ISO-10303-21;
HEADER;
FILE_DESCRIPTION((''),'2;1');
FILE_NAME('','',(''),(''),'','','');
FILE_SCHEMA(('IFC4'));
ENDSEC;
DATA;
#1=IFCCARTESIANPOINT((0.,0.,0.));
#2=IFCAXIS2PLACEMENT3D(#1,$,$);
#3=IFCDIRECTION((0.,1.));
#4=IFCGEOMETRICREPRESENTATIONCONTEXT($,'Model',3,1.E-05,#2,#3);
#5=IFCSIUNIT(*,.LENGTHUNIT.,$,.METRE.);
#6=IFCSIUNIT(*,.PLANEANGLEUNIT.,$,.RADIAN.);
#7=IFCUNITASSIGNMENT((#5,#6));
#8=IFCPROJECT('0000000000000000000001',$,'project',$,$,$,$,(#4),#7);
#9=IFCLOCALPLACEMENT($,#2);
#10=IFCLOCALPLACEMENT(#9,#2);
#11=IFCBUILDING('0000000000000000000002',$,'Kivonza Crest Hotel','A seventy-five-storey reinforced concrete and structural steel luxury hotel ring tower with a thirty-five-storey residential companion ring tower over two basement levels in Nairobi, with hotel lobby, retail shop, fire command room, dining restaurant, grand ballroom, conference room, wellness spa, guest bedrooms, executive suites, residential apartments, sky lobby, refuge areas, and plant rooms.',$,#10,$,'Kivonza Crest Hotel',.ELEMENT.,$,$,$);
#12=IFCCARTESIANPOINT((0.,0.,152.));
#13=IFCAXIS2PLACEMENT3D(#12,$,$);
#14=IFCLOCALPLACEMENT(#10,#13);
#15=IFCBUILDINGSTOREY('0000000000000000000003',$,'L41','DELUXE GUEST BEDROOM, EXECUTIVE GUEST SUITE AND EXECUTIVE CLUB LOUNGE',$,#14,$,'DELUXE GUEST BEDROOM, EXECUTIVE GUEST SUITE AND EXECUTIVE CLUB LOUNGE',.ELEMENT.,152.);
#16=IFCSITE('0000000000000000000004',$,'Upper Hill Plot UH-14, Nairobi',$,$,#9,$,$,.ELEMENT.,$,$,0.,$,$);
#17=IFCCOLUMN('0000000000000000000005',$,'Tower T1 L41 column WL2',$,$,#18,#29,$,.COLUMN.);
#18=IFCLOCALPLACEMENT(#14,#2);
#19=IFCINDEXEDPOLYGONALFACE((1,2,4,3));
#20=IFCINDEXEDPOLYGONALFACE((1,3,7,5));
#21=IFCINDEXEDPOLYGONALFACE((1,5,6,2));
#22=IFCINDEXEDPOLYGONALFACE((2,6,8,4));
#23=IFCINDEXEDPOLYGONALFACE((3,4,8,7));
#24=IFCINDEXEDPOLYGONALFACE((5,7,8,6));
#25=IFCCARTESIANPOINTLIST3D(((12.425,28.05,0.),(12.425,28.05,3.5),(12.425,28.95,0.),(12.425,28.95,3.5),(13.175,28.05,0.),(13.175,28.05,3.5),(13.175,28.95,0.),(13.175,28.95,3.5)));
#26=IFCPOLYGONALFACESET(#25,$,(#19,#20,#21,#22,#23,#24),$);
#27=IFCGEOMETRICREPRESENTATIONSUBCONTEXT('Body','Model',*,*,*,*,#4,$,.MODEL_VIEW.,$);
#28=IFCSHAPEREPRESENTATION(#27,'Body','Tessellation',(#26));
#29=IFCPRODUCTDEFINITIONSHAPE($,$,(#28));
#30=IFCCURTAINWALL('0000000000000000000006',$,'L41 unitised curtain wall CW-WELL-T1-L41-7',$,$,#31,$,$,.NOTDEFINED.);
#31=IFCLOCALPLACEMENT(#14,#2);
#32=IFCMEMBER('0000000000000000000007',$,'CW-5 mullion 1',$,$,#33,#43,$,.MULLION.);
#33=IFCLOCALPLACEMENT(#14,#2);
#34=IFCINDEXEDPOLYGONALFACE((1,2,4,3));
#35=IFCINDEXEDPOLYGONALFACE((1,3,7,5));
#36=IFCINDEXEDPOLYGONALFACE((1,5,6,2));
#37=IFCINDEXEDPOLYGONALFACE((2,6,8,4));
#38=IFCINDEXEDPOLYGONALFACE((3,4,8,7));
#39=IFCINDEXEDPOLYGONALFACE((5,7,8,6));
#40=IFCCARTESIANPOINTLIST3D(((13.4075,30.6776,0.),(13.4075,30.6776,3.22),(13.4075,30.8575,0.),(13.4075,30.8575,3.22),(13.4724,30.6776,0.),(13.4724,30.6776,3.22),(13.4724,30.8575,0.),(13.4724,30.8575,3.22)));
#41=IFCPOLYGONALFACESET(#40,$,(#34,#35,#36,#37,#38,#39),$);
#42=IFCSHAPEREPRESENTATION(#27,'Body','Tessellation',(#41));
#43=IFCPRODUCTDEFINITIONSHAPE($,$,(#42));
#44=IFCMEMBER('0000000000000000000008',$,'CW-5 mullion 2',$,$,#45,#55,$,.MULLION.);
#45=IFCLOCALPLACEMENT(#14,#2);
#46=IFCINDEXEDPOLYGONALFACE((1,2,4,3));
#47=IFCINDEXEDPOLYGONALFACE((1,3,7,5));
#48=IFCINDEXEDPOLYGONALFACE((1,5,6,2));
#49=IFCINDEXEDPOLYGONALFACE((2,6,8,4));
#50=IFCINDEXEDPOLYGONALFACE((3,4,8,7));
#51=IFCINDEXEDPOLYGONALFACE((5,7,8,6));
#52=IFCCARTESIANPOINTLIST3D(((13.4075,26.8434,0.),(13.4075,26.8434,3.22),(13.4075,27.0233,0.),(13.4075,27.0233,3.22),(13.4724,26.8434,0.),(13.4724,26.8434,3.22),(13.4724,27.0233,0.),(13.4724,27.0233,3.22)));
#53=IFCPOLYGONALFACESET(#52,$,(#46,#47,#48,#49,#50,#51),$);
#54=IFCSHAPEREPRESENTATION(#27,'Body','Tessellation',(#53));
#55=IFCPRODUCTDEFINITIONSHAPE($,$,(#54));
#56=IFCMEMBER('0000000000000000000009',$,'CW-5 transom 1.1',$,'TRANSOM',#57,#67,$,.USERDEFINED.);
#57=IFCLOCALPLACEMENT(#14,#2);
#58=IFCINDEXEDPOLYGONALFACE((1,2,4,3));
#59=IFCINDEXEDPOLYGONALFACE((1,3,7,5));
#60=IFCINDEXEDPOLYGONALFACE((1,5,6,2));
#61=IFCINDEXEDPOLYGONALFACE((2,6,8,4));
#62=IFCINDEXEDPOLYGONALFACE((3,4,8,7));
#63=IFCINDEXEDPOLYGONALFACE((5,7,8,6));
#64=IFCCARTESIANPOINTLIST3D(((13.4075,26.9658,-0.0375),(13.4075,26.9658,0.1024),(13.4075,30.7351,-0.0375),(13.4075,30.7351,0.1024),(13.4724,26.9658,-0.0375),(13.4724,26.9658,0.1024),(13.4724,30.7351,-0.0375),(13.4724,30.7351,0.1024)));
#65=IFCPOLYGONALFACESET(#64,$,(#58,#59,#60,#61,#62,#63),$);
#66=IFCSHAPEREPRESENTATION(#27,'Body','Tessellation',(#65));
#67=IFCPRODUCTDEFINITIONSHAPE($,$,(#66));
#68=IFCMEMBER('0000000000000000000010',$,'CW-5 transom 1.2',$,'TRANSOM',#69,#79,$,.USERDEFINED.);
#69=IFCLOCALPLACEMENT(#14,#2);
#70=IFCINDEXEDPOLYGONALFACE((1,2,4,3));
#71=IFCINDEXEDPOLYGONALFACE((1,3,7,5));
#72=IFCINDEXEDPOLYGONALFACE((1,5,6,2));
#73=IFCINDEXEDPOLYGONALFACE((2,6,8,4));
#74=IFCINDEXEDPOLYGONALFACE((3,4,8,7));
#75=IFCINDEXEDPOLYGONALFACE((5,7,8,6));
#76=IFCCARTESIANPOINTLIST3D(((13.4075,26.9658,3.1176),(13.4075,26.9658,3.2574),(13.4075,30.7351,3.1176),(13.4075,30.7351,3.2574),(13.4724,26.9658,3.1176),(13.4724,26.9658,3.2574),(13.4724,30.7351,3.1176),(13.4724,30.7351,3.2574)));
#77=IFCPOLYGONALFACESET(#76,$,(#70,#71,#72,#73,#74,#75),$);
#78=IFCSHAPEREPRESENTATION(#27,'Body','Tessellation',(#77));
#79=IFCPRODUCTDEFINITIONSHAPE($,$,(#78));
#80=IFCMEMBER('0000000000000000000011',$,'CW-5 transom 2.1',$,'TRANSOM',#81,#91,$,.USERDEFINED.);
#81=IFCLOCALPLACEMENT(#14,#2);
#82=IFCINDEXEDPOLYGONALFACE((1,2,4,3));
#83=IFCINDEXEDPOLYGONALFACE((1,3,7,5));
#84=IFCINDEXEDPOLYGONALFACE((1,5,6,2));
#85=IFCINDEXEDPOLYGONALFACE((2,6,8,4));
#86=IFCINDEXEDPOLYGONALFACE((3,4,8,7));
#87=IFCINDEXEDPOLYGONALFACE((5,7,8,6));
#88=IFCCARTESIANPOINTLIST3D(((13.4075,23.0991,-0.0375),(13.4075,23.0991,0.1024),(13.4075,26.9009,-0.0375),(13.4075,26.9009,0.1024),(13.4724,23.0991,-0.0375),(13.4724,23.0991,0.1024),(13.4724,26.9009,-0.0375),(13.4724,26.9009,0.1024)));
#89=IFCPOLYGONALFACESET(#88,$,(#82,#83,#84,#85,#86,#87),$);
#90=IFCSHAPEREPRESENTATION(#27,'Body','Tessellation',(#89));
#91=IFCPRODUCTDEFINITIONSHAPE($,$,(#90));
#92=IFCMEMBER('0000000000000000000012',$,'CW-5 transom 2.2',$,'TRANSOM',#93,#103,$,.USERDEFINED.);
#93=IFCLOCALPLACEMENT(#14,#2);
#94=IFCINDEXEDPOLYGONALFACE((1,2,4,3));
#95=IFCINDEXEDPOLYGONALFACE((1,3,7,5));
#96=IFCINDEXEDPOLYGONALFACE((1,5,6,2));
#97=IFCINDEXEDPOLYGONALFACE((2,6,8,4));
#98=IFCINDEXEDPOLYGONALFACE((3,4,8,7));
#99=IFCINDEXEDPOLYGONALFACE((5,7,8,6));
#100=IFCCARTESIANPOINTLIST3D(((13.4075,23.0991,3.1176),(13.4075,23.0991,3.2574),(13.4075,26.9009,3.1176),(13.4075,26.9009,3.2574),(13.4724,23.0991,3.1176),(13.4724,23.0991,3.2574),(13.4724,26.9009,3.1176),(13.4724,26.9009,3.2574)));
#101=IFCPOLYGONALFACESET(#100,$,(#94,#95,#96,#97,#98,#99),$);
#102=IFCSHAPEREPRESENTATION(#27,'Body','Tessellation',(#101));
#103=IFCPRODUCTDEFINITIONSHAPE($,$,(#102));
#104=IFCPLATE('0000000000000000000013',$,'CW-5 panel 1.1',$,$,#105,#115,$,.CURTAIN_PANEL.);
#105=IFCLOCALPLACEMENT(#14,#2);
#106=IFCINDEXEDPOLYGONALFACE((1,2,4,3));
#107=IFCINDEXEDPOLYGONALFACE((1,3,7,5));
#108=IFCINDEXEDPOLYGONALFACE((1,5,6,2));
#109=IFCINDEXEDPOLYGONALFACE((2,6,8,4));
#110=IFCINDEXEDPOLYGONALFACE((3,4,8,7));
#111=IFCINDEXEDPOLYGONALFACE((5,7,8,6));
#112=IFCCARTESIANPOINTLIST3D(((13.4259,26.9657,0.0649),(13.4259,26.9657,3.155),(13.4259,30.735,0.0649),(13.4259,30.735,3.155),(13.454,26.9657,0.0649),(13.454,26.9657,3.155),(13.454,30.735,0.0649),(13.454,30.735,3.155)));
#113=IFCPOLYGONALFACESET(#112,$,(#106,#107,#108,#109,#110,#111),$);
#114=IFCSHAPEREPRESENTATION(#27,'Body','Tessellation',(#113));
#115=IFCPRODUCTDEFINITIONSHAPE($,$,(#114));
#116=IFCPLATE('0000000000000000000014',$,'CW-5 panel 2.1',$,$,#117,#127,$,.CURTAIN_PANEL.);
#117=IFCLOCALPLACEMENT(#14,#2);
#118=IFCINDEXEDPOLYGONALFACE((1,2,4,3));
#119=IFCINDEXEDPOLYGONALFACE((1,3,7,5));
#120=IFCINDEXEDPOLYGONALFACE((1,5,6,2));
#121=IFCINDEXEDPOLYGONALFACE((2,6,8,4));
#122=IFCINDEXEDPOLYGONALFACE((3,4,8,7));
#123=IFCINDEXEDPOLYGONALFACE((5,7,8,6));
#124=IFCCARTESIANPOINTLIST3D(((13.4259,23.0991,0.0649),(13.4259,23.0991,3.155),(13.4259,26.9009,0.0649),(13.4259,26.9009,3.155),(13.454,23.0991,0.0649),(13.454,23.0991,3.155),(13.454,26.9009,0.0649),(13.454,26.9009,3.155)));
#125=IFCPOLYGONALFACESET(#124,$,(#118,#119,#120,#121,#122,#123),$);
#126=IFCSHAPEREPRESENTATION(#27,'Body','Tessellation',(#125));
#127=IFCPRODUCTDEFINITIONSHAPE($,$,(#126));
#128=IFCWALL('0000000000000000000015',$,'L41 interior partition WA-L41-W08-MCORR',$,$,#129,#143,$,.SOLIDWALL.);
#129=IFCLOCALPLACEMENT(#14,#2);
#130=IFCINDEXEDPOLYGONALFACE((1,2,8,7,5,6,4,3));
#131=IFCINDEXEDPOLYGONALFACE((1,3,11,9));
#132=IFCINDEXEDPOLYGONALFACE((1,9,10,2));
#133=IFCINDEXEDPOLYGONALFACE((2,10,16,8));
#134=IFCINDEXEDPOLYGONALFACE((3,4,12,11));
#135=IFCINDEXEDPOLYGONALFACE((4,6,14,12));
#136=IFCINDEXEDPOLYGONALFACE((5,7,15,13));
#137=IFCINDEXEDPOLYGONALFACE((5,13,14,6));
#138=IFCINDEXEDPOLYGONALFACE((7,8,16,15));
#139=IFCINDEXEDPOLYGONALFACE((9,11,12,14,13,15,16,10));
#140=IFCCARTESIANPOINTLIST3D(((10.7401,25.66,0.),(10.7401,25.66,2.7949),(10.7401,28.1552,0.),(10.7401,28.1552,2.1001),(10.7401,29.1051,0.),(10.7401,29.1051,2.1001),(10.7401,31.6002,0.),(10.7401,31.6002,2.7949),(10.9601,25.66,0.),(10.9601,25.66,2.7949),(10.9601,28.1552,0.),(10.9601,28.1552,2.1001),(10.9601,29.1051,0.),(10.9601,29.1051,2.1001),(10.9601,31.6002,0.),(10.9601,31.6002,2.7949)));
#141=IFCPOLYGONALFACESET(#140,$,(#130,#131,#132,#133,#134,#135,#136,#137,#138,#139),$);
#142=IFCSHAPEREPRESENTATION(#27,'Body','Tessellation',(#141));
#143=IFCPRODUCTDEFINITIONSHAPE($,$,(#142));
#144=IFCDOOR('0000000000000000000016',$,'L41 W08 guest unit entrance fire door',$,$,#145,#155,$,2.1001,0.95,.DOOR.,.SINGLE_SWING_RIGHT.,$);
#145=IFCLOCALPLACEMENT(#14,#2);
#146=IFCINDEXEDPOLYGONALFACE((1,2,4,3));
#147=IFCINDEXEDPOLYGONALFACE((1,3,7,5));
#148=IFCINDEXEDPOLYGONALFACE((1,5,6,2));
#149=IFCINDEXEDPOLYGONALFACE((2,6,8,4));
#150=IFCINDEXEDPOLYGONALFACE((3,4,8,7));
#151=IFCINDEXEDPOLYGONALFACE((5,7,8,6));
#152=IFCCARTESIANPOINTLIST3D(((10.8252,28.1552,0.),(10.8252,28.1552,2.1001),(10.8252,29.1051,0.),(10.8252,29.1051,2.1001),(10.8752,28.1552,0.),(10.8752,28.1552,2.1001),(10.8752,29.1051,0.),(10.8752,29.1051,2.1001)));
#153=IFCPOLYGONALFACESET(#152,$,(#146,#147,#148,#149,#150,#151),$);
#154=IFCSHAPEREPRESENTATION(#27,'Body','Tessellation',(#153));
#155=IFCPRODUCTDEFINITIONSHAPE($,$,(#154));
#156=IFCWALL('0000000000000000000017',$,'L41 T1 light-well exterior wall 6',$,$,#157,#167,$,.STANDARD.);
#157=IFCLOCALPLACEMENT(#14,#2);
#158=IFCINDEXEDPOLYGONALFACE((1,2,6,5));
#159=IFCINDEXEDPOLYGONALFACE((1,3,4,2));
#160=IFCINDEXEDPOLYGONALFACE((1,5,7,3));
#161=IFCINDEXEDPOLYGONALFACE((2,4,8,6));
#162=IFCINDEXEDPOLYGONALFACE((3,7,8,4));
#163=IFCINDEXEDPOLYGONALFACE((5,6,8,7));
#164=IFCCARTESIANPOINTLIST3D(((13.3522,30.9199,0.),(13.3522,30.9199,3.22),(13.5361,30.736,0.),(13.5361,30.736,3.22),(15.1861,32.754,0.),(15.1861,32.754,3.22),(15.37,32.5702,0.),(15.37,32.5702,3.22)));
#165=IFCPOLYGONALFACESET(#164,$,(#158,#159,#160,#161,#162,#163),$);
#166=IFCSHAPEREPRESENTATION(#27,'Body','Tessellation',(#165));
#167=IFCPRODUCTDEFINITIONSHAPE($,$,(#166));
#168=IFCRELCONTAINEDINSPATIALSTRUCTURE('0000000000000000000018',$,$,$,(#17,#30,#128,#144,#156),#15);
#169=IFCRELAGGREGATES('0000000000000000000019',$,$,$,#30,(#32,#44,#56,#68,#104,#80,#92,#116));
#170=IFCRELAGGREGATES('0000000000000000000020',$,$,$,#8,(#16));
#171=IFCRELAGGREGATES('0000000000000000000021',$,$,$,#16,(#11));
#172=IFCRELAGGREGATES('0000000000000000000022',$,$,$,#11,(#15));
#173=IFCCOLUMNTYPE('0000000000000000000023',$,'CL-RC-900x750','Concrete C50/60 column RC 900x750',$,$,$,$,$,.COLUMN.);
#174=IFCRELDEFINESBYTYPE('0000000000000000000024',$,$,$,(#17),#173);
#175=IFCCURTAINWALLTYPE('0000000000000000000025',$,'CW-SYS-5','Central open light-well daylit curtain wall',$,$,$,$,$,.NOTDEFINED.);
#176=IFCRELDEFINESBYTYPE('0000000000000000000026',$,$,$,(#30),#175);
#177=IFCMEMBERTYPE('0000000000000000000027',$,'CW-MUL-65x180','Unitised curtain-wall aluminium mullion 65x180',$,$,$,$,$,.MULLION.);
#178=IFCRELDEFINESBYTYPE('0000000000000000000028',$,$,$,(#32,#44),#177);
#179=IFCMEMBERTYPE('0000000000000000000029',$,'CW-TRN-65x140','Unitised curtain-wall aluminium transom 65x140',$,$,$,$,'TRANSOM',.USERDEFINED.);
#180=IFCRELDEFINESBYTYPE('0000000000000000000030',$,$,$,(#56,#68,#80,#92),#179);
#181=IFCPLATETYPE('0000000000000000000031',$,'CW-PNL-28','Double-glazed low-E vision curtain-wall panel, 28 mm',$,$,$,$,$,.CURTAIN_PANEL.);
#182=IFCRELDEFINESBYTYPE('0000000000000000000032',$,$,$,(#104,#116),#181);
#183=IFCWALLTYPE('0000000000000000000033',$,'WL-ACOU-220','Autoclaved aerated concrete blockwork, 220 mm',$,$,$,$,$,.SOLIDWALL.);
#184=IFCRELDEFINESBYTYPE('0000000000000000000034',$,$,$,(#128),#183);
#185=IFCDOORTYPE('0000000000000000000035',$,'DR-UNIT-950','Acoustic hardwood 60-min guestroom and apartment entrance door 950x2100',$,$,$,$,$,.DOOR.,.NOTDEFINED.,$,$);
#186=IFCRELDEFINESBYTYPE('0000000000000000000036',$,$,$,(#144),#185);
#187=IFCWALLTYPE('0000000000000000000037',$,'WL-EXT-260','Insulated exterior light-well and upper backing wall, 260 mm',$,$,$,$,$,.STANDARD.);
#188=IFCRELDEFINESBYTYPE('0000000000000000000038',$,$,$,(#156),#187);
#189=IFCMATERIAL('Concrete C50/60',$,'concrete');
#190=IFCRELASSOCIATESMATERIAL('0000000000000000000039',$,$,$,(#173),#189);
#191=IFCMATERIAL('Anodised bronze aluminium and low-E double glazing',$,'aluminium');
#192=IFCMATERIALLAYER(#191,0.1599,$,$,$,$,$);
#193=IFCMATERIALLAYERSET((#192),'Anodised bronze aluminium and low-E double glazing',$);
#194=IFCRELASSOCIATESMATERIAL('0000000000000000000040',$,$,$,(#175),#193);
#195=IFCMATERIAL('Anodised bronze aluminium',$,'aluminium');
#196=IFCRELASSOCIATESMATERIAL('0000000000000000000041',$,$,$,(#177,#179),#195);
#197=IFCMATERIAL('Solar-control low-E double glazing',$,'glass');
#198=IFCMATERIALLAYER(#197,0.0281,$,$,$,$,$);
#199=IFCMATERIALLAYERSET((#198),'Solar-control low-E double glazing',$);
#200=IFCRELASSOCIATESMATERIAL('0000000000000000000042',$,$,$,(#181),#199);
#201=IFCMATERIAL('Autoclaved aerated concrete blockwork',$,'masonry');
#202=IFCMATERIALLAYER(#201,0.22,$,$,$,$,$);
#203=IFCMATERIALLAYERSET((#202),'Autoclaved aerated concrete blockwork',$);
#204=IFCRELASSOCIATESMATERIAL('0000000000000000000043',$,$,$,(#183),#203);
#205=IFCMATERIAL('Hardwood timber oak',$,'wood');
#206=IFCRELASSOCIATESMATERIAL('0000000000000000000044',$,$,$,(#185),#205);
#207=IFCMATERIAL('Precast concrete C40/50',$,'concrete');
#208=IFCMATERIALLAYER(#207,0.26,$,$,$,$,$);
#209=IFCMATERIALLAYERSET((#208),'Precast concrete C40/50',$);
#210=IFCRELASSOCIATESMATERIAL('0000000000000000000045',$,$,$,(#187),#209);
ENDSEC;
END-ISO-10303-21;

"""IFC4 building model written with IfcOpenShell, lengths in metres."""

from ifc_helpers import new_model, si_unit, direction, frame, frame_2d, origin, origin_2d, place, context, subcontext, project, spatial, rectangle, extrude, material, layer, layer_set, material_profile, profile_set, type_object, element, fill, aggregate, save


model = new_model("IFC4")

# Units and contexts
model_context = context("Model", 3, precision=1e-05, world=origin(), true_north=direction((0.0, 1.0)))
body_context = subcontext(model_context, "Body", "Model", "MODEL_VIEW")
ifc_project = project(units=[si_unit("LENGTHUNIT", "METRE"), si_unit("PLANEANGLEUNIT", "RADIAN")], contexts=[model_context])

# Site, building, storey
site_placement = place(None, origin())
site = spatial("IfcSite", under=ifc_project, at=site_placement, Name="Upper Hill Plot UH-14, Nairobi", CompositionType="ELEMENT", RefElevation=0.0)
building_placement = place(site_placement, origin())
building = spatial("IfcBuilding", under=site, at=building_placement, Name="Kivonza Crest Hotel", Description="A seventy-five-storey reinforced concrete and structural steel luxury hotel ring tower with a thirty-five-storey residential companion ring tower over two basement levels in Nairobi, with hotel lobby, retail shop, fire command room, dining restaurant, grand ballroom, conference room, wellness spa, guest bedrooms, executive suites, residential apartments, sky lobby, refuge areas, and plant rooms.", LongName="Kivonza Crest Hotel", CompositionType="ELEMENT")
storey_placement = place(building_placement, frame((0.0, 0.0, 152.0)))
storey = spatial("IfcBuildingStorey", under=building, at=storey_placement, Name="L41", Description="DELUXE GUEST BEDROOM, EXECUTIVE GUEST SUITE AND EXECUTIVE CLUB LOUNGE", LongName="DELUXE GUEST BEDROOM, EXECUTIVE GUEST SUITE AND EXECUTIVE CLUB LOUNGE", CompositionType="ELEMENT", Elevation=152.0)

# Column
ifc_material_1 = material(Name="Concrete C50/60", Category="concrete")
ifc_material_profile_1 = material_profile(ifc_material_1, rectangle(XDim=0.75, YDim=0.8999, at=origin_2d()), Name="RC 900x750")
ifc_profile_set_1 = profile_set([ifc_material_profile_1], Name="Concrete C50/60")
column_type = type_object("IfcColumnType", Name="CL-RC-900x750", Description="Concrete C50/60 column RC 900x750", PredefinedType="COLUMN", material=ifc_profile_set_1)
column_placement = place(storey_placement, frame((12.8, 28.5, 0.0), z_axis=(0.0, 0.0, 1.0), x_axis=(1.0, 0.0, 0.0)))
element("IfcColumn", 1, at=column_placement, inside=storey, type_object=column_type, Name="Tower T1 L41 column WL2", PredefinedType="COLUMN", context=body_context, shape_type="SweptSolid", body=[
    extrude(rectangle(XDim=0.75, YDim=0.8999, at=origin_2d()), origin(), (0.0, 0.0, 1.0), 3.5),
])

# Curtain wall, members, plates
ifc_material_2 = material(Name="Anodised bronze aluminium and low-E double glazing", Category="aluminium")
ifc_layer_1 = layer(ifc_material_2, 0.1599)
ifc_layer_set_1 = layer_set([ifc_layer_1], Name="Anodised bronze aluminium and low-E double glazing")
curtain_wall_type = type_object("IfcCurtainWallType", Name="CW-SYS-5", Description="Central open light-well daylit curtain wall", PredefinedType="NOTDEFINED", material=ifc_layer_set_1)
curtain_wall_placement = place(storey_placement, origin())
curtain_wall = element("IfcCurtainWall", 2, at=curtain_wall_placement, inside=storey, type_object=curtain_wall_type, Name="L41 unitised curtain wall CW-WELL-T1-L41-7", PredefinedType="NOTDEFINED")
ifc_material_3 = material(Name="Anodised bronze aluminium", Category="aluminium")
ifc_material_profile_2 = material_profile(ifc_material_3, rectangle(XDim=0.0649, YDim=0.1799, at=origin_2d()), Name="CW-M 65x180")
ifc_profile_set_2 = profile_set([ifc_material_profile_2], Name="Anodised bronze aluminium")
member_type_1 = type_object("IfcMemberType", Name="CW-MUL-65x180", Description="Unitised curtain-wall aluminium mullion 65x180", PredefinedType="MULLION", material=ifc_profile_set_2)
member_1_placement = place(storey_placement, frame((13.4399, 30.7676, 0.0), z_axis=(0.0, 0.0, 1.0), x_axis=(1.0, 0.0, 0.0)))
member_1 = element("IfcMember", 3, at=member_1_placement, type_object=member_type_1, Name="CW-5 mullion 1", PredefinedType="MULLION", context=body_context, shape_type="SweptSolid", body=[
    extrude(rectangle(XDim=0.0649, YDim=0.1799, at=origin_2d()), origin(), (0.0, 0.0, 1.0), 3.22),
])
member_2_placement = place(storey_placement, frame((13.4399, 26.9333, 0.0), z_axis=(0.0, 0.0, 1.0), x_axis=(1.0, 0.0, 0.0)))
member_2 = element("IfcMember", 4, at=member_2_placement, type_object=member_type_1, Name="CW-5 mullion 2", PredefinedType="MULLION", context=body_context, shape_type="SweptSolid", body=[
    extrude(rectangle(XDim=0.0649, YDim=0.1799, at=origin_2d()), origin(), (0.0, 0.0, 1.0), 3.22),
])
ifc_material_profile_3 = material_profile(ifc_material_3, rectangle(XDim=0.0649, YDim=0.1399, at=origin_2d()), Name="CW-T 65x140")
ifc_profile_set_3 = profile_set([ifc_material_profile_3], Name="Anodised bronze aluminium")
member_type_2 = type_object("IfcMemberType", Name="CW-TRN-65x140", Description="Unitised curtain-wall aluminium transom 65x140", ElementType="TRANSOM", PredefinedType="USERDEFINED", material=ifc_profile_set_3)
member_3_placement = place(storey_placement, frame((13.4399, 30.7351, 0.0325), z_axis=(0.0, -1.0, 0.0), x_axis=(1.0, 0.0, 0.0)))
member_3 = element("IfcMember", 5, at=member_3_placement, type_object=member_type_2, Name="CW-5 transom 1.1", ObjectType="TRANSOM", PredefinedType="USERDEFINED", context=body_context, shape_type="SweptSolid", body=[
    extrude(rectangle(XDim=0.0649, YDim=0.1399, at=origin_2d()), origin(), (0.0, 0.0, 1.0), 3.7693),
])
member_4_placement = place(storey_placement, frame((13.4399, 30.7351, 3.1875), z_axis=(0.0, -1.0, 0.0), x_axis=(1.0, 0.0, 0.0)))
member_4 = element("IfcMember", 6, at=member_4_placement, type_object=member_type_2, Name="CW-5 transom 1.2", ObjectType="TRANSOM", PredefinedType="USERDEFINED", context=body_context, shape_type="SweptSolid", body=[
    extrude(rectangle(XDim=0.0649, YDim=0.1399, at=origin_2d()), origin(), (0.0, 0.0, 1.0), 3.7693),
])
member_5_placement = place(storey_placement, frame((13.4399, 26.9009, 0.0325), z_axis=(0.0, -1.0, 0.0), x_axis=(1.0, 0.0, 0.0)))
member_5 = element("IfcMember", 7, at=member_5_placement, type_object=member_type_2, Name="CW-5 transom 2.1", ObjectType="TRANSOM", PredefinedType="USERDEFINED", context=body_context, shape_type="SweptSolid", body=[
    extrude(rectangle(XDim=0.0649, YDim=0.1399, at=origin_2d()), origin(), (0.0, 0.0, 1.0), 3.8018),
])
member_6_placement = place(storey_placement, frame((13.4399, 26.9009, 3.1875), z_axis=(0.0, -1.0, 0.0), x_axis=(1.0, 0.0, 0.0)))
member_6 = element("IfcMember", 8, at=member_6_placement, type_object=member_type_2, Name="CW-5 transom 2.2", ObjectType="TRANSOM", PredefinedType="USERDEFINED", context=body_context, shape_type="SweptSolid", body=[
    extrude(rectangle(XDim=0.0649, YDim=0.1399, at=origin_2d()), origin(), (0.0, 0.0, 1.0), 3.8018),
])
ifc_material_4 = material(Name="Solar-control low-E double glazing", Category="glass")
ifc_layer_2 = layer(ifc_material_4, 0.0281)
ifc_layer_set_2 = layer_set([ifc_layer_2], Name="Solar-control low-E double glazing")
plate_type = type_object("IfcPlateType", Name="CW-PNL-28", Description="Double-glazed low-E vision curtain-wall panel, 28 mm", PredefinedType="CURTAIN_PANEL", material=ifc_layer_set_2)
plate_1_placement = place(storey_placement, frame((13.4399, 28.8503, 0.0649), z_axis=(0.0, 0.0, 1.0), x_axis=(0.0, -1.0, 0.0)))
plate_1 = element("IfcPlate", 9, at=plate_1_placement, type_object=plate_type, Name="CW-5 panel 1.1", PredefinedType="CURTAIN_PANEL", context=body_context, shape_type="SweptSolid", body=[
    extrude(rectangle(XDim=3.7693, YDim=0.0281, at=origin_2d()), origin(), (0.0, 0.0, 1.0), 3.0901),
])
plate_2_placement = place(storey_placement, frame((13.4399, 25.0, 0.0649), z_axis=(0.0, 0.0, 1.0), x_axis=(0.0, -1.0, 0.0)))
plate_2 = element("IfcPlate", 10, at=plate_2_placement, type_object=plate_type, Name="CW-5 panel 2.1", PredefinedType="CURTAIN_PANEL", context=body_context, shape_type="SweptSolid", body=[
    extrude(rectangle(XDim=3.8018, YDim=0.0281, at=origin_2d()), origin(), (0.0, 0.0, 1.0), 3.0901),
])
aggregate(curtain_wall, [member_1, member_2, member_3, member_4, plate_1, member_5, member_6, plate_2])

# Wall, opening, door
ifc_material_5 = material(Name="Autoclaved aerated concrete blockwork", Category="masonry")
ifc_layer_3 = layer(ifc_material_5, 0.22)
ifc_layer_set_3 = layer_set([ifc_layer_3], Name="Autoclaved aerated concrete blockwork")
wall_type_1 = type_object("IfcWallType", Name="WL-ACOU-220", Description="Autoclaved aerated concrete blockwork, 220 mm", PredefinedType="SOLIDWALL", material=ifc_layer_set_3)
wall_1_placement = place(storey_placement, frame((10.8501, 25.6599, 0.0), z_axis=(0.0, 0.0, 1.0), x_axis=(0.0, 1.0, 0.0)))
wall_1 = element("IfcWall", 11, at=wall_1_placement, inside=storey, type_object=wall_type_1, Name="L41 interior partition WA-L41-W08-MCORR", PredefinedType="SOLIDWALL", context=body_context, shape_type="SweptSolid", body=[
    extrude(rectangle(XDim=5.9402, YDim=0.22, at=frame_2d((2.9702, 0.0))), origin(), (0.0, 0.0, 1.0), 2.7949),
])
opening_1_placement = place(wall_1_placement, frame((2.4951, 0.0, 0.0)))
opening_1 = element("IfcOpeningElement", 12, at=opening_1_placement, cuts=wall_1, PredefinedType="OPENING", context=body_context, shape_type="SweptSolid", body=[
    extrude(rectangle(XDim=0.95, YDim=2.1001, at=frame_2d((0.4751, 1.05))), frame((0.0, 0.1201, 0.0), z_axis=(0.0, -1.0, 0.0), x_axis=(1.0, 0.0, 0.0)), (0.0, 0.0, 1.0), 0.24),
])
ifc_material_6 = material(Name="Hardwood timber oak", Category="wood")
door_type_1 = type_object("IfcDoorType", Name="DR-UNIT-950", Description="Acoustic hardwood 60-min guestroom and apartment entrance door 950x2100", OperationType="NOTDEFINED", PredefinedType="DOOR", material=ifc_material_6)
door_1_placement = place(opening_1_placement, origin())
door_1 = element("IfcDoor", 13, at=door_1_placement, inside=storey, type_object=door_type_1, Name="L41 W08 guest unit entrance fire door", OperationType="SINGLE_SWING_RIGHT", OverallHeight=2.1001, OverallWidth=0.95, PredefinedType="DOOR", context=body_context, shape_type="SweptSolid", body=[
    extrude(rectangle(XDim=0.95, YDim=2.1001, at=frame_2d((0.4751, 1.05))), frame((0.0, 0.0249, 0.0), z_axis=(0.0, -1.0, 0.0), x_axis=(1.0, 0.0, 0.0)), (0.0, 0.0, 1.0), 0.05),
])
fill(opening_1, door_1)

# Wall
ifc_material_7 = material(Name="Precast concrete C40/50", Category="concrete")
ifc_layer_4 = layer(ifc_material_7, 0.26)
ifc_layer_set_4 = layer_set([ifc_layer_4], Name="Precast concrete C40/50")
wall_type_2 = type_object("IfcWallType", Name="WL-EXT-260", Description="Insulated exterior light-well and upper backing wall, 260 mm", PredefinedType="STANDARD", material=ifc_layer_set_4)
wall_2_placement = place(storey_placement, frame((15.2781, 32.6621, 0.0), z_axis=(0.0, 0.0, 1.0), x_axis=(-0.70706, -0.707154, 0.0)))
element("IfcWall", 14, at=wall_2_placement, inside=storey, type_object=wall_type_2, Name="L41 T1 light-well exterior wall 6", PredefinedType="STANDARD", context=body_context, shape_type="SweptSolid", body=[
    extrude(rectangle(XDim=2.5938, YDim=0.26, at=frame_2d((1.2969, 0.0))), origin(), (0.0, 0.0, 1.0), 3.22),
])

save(model, "model.ifc")
